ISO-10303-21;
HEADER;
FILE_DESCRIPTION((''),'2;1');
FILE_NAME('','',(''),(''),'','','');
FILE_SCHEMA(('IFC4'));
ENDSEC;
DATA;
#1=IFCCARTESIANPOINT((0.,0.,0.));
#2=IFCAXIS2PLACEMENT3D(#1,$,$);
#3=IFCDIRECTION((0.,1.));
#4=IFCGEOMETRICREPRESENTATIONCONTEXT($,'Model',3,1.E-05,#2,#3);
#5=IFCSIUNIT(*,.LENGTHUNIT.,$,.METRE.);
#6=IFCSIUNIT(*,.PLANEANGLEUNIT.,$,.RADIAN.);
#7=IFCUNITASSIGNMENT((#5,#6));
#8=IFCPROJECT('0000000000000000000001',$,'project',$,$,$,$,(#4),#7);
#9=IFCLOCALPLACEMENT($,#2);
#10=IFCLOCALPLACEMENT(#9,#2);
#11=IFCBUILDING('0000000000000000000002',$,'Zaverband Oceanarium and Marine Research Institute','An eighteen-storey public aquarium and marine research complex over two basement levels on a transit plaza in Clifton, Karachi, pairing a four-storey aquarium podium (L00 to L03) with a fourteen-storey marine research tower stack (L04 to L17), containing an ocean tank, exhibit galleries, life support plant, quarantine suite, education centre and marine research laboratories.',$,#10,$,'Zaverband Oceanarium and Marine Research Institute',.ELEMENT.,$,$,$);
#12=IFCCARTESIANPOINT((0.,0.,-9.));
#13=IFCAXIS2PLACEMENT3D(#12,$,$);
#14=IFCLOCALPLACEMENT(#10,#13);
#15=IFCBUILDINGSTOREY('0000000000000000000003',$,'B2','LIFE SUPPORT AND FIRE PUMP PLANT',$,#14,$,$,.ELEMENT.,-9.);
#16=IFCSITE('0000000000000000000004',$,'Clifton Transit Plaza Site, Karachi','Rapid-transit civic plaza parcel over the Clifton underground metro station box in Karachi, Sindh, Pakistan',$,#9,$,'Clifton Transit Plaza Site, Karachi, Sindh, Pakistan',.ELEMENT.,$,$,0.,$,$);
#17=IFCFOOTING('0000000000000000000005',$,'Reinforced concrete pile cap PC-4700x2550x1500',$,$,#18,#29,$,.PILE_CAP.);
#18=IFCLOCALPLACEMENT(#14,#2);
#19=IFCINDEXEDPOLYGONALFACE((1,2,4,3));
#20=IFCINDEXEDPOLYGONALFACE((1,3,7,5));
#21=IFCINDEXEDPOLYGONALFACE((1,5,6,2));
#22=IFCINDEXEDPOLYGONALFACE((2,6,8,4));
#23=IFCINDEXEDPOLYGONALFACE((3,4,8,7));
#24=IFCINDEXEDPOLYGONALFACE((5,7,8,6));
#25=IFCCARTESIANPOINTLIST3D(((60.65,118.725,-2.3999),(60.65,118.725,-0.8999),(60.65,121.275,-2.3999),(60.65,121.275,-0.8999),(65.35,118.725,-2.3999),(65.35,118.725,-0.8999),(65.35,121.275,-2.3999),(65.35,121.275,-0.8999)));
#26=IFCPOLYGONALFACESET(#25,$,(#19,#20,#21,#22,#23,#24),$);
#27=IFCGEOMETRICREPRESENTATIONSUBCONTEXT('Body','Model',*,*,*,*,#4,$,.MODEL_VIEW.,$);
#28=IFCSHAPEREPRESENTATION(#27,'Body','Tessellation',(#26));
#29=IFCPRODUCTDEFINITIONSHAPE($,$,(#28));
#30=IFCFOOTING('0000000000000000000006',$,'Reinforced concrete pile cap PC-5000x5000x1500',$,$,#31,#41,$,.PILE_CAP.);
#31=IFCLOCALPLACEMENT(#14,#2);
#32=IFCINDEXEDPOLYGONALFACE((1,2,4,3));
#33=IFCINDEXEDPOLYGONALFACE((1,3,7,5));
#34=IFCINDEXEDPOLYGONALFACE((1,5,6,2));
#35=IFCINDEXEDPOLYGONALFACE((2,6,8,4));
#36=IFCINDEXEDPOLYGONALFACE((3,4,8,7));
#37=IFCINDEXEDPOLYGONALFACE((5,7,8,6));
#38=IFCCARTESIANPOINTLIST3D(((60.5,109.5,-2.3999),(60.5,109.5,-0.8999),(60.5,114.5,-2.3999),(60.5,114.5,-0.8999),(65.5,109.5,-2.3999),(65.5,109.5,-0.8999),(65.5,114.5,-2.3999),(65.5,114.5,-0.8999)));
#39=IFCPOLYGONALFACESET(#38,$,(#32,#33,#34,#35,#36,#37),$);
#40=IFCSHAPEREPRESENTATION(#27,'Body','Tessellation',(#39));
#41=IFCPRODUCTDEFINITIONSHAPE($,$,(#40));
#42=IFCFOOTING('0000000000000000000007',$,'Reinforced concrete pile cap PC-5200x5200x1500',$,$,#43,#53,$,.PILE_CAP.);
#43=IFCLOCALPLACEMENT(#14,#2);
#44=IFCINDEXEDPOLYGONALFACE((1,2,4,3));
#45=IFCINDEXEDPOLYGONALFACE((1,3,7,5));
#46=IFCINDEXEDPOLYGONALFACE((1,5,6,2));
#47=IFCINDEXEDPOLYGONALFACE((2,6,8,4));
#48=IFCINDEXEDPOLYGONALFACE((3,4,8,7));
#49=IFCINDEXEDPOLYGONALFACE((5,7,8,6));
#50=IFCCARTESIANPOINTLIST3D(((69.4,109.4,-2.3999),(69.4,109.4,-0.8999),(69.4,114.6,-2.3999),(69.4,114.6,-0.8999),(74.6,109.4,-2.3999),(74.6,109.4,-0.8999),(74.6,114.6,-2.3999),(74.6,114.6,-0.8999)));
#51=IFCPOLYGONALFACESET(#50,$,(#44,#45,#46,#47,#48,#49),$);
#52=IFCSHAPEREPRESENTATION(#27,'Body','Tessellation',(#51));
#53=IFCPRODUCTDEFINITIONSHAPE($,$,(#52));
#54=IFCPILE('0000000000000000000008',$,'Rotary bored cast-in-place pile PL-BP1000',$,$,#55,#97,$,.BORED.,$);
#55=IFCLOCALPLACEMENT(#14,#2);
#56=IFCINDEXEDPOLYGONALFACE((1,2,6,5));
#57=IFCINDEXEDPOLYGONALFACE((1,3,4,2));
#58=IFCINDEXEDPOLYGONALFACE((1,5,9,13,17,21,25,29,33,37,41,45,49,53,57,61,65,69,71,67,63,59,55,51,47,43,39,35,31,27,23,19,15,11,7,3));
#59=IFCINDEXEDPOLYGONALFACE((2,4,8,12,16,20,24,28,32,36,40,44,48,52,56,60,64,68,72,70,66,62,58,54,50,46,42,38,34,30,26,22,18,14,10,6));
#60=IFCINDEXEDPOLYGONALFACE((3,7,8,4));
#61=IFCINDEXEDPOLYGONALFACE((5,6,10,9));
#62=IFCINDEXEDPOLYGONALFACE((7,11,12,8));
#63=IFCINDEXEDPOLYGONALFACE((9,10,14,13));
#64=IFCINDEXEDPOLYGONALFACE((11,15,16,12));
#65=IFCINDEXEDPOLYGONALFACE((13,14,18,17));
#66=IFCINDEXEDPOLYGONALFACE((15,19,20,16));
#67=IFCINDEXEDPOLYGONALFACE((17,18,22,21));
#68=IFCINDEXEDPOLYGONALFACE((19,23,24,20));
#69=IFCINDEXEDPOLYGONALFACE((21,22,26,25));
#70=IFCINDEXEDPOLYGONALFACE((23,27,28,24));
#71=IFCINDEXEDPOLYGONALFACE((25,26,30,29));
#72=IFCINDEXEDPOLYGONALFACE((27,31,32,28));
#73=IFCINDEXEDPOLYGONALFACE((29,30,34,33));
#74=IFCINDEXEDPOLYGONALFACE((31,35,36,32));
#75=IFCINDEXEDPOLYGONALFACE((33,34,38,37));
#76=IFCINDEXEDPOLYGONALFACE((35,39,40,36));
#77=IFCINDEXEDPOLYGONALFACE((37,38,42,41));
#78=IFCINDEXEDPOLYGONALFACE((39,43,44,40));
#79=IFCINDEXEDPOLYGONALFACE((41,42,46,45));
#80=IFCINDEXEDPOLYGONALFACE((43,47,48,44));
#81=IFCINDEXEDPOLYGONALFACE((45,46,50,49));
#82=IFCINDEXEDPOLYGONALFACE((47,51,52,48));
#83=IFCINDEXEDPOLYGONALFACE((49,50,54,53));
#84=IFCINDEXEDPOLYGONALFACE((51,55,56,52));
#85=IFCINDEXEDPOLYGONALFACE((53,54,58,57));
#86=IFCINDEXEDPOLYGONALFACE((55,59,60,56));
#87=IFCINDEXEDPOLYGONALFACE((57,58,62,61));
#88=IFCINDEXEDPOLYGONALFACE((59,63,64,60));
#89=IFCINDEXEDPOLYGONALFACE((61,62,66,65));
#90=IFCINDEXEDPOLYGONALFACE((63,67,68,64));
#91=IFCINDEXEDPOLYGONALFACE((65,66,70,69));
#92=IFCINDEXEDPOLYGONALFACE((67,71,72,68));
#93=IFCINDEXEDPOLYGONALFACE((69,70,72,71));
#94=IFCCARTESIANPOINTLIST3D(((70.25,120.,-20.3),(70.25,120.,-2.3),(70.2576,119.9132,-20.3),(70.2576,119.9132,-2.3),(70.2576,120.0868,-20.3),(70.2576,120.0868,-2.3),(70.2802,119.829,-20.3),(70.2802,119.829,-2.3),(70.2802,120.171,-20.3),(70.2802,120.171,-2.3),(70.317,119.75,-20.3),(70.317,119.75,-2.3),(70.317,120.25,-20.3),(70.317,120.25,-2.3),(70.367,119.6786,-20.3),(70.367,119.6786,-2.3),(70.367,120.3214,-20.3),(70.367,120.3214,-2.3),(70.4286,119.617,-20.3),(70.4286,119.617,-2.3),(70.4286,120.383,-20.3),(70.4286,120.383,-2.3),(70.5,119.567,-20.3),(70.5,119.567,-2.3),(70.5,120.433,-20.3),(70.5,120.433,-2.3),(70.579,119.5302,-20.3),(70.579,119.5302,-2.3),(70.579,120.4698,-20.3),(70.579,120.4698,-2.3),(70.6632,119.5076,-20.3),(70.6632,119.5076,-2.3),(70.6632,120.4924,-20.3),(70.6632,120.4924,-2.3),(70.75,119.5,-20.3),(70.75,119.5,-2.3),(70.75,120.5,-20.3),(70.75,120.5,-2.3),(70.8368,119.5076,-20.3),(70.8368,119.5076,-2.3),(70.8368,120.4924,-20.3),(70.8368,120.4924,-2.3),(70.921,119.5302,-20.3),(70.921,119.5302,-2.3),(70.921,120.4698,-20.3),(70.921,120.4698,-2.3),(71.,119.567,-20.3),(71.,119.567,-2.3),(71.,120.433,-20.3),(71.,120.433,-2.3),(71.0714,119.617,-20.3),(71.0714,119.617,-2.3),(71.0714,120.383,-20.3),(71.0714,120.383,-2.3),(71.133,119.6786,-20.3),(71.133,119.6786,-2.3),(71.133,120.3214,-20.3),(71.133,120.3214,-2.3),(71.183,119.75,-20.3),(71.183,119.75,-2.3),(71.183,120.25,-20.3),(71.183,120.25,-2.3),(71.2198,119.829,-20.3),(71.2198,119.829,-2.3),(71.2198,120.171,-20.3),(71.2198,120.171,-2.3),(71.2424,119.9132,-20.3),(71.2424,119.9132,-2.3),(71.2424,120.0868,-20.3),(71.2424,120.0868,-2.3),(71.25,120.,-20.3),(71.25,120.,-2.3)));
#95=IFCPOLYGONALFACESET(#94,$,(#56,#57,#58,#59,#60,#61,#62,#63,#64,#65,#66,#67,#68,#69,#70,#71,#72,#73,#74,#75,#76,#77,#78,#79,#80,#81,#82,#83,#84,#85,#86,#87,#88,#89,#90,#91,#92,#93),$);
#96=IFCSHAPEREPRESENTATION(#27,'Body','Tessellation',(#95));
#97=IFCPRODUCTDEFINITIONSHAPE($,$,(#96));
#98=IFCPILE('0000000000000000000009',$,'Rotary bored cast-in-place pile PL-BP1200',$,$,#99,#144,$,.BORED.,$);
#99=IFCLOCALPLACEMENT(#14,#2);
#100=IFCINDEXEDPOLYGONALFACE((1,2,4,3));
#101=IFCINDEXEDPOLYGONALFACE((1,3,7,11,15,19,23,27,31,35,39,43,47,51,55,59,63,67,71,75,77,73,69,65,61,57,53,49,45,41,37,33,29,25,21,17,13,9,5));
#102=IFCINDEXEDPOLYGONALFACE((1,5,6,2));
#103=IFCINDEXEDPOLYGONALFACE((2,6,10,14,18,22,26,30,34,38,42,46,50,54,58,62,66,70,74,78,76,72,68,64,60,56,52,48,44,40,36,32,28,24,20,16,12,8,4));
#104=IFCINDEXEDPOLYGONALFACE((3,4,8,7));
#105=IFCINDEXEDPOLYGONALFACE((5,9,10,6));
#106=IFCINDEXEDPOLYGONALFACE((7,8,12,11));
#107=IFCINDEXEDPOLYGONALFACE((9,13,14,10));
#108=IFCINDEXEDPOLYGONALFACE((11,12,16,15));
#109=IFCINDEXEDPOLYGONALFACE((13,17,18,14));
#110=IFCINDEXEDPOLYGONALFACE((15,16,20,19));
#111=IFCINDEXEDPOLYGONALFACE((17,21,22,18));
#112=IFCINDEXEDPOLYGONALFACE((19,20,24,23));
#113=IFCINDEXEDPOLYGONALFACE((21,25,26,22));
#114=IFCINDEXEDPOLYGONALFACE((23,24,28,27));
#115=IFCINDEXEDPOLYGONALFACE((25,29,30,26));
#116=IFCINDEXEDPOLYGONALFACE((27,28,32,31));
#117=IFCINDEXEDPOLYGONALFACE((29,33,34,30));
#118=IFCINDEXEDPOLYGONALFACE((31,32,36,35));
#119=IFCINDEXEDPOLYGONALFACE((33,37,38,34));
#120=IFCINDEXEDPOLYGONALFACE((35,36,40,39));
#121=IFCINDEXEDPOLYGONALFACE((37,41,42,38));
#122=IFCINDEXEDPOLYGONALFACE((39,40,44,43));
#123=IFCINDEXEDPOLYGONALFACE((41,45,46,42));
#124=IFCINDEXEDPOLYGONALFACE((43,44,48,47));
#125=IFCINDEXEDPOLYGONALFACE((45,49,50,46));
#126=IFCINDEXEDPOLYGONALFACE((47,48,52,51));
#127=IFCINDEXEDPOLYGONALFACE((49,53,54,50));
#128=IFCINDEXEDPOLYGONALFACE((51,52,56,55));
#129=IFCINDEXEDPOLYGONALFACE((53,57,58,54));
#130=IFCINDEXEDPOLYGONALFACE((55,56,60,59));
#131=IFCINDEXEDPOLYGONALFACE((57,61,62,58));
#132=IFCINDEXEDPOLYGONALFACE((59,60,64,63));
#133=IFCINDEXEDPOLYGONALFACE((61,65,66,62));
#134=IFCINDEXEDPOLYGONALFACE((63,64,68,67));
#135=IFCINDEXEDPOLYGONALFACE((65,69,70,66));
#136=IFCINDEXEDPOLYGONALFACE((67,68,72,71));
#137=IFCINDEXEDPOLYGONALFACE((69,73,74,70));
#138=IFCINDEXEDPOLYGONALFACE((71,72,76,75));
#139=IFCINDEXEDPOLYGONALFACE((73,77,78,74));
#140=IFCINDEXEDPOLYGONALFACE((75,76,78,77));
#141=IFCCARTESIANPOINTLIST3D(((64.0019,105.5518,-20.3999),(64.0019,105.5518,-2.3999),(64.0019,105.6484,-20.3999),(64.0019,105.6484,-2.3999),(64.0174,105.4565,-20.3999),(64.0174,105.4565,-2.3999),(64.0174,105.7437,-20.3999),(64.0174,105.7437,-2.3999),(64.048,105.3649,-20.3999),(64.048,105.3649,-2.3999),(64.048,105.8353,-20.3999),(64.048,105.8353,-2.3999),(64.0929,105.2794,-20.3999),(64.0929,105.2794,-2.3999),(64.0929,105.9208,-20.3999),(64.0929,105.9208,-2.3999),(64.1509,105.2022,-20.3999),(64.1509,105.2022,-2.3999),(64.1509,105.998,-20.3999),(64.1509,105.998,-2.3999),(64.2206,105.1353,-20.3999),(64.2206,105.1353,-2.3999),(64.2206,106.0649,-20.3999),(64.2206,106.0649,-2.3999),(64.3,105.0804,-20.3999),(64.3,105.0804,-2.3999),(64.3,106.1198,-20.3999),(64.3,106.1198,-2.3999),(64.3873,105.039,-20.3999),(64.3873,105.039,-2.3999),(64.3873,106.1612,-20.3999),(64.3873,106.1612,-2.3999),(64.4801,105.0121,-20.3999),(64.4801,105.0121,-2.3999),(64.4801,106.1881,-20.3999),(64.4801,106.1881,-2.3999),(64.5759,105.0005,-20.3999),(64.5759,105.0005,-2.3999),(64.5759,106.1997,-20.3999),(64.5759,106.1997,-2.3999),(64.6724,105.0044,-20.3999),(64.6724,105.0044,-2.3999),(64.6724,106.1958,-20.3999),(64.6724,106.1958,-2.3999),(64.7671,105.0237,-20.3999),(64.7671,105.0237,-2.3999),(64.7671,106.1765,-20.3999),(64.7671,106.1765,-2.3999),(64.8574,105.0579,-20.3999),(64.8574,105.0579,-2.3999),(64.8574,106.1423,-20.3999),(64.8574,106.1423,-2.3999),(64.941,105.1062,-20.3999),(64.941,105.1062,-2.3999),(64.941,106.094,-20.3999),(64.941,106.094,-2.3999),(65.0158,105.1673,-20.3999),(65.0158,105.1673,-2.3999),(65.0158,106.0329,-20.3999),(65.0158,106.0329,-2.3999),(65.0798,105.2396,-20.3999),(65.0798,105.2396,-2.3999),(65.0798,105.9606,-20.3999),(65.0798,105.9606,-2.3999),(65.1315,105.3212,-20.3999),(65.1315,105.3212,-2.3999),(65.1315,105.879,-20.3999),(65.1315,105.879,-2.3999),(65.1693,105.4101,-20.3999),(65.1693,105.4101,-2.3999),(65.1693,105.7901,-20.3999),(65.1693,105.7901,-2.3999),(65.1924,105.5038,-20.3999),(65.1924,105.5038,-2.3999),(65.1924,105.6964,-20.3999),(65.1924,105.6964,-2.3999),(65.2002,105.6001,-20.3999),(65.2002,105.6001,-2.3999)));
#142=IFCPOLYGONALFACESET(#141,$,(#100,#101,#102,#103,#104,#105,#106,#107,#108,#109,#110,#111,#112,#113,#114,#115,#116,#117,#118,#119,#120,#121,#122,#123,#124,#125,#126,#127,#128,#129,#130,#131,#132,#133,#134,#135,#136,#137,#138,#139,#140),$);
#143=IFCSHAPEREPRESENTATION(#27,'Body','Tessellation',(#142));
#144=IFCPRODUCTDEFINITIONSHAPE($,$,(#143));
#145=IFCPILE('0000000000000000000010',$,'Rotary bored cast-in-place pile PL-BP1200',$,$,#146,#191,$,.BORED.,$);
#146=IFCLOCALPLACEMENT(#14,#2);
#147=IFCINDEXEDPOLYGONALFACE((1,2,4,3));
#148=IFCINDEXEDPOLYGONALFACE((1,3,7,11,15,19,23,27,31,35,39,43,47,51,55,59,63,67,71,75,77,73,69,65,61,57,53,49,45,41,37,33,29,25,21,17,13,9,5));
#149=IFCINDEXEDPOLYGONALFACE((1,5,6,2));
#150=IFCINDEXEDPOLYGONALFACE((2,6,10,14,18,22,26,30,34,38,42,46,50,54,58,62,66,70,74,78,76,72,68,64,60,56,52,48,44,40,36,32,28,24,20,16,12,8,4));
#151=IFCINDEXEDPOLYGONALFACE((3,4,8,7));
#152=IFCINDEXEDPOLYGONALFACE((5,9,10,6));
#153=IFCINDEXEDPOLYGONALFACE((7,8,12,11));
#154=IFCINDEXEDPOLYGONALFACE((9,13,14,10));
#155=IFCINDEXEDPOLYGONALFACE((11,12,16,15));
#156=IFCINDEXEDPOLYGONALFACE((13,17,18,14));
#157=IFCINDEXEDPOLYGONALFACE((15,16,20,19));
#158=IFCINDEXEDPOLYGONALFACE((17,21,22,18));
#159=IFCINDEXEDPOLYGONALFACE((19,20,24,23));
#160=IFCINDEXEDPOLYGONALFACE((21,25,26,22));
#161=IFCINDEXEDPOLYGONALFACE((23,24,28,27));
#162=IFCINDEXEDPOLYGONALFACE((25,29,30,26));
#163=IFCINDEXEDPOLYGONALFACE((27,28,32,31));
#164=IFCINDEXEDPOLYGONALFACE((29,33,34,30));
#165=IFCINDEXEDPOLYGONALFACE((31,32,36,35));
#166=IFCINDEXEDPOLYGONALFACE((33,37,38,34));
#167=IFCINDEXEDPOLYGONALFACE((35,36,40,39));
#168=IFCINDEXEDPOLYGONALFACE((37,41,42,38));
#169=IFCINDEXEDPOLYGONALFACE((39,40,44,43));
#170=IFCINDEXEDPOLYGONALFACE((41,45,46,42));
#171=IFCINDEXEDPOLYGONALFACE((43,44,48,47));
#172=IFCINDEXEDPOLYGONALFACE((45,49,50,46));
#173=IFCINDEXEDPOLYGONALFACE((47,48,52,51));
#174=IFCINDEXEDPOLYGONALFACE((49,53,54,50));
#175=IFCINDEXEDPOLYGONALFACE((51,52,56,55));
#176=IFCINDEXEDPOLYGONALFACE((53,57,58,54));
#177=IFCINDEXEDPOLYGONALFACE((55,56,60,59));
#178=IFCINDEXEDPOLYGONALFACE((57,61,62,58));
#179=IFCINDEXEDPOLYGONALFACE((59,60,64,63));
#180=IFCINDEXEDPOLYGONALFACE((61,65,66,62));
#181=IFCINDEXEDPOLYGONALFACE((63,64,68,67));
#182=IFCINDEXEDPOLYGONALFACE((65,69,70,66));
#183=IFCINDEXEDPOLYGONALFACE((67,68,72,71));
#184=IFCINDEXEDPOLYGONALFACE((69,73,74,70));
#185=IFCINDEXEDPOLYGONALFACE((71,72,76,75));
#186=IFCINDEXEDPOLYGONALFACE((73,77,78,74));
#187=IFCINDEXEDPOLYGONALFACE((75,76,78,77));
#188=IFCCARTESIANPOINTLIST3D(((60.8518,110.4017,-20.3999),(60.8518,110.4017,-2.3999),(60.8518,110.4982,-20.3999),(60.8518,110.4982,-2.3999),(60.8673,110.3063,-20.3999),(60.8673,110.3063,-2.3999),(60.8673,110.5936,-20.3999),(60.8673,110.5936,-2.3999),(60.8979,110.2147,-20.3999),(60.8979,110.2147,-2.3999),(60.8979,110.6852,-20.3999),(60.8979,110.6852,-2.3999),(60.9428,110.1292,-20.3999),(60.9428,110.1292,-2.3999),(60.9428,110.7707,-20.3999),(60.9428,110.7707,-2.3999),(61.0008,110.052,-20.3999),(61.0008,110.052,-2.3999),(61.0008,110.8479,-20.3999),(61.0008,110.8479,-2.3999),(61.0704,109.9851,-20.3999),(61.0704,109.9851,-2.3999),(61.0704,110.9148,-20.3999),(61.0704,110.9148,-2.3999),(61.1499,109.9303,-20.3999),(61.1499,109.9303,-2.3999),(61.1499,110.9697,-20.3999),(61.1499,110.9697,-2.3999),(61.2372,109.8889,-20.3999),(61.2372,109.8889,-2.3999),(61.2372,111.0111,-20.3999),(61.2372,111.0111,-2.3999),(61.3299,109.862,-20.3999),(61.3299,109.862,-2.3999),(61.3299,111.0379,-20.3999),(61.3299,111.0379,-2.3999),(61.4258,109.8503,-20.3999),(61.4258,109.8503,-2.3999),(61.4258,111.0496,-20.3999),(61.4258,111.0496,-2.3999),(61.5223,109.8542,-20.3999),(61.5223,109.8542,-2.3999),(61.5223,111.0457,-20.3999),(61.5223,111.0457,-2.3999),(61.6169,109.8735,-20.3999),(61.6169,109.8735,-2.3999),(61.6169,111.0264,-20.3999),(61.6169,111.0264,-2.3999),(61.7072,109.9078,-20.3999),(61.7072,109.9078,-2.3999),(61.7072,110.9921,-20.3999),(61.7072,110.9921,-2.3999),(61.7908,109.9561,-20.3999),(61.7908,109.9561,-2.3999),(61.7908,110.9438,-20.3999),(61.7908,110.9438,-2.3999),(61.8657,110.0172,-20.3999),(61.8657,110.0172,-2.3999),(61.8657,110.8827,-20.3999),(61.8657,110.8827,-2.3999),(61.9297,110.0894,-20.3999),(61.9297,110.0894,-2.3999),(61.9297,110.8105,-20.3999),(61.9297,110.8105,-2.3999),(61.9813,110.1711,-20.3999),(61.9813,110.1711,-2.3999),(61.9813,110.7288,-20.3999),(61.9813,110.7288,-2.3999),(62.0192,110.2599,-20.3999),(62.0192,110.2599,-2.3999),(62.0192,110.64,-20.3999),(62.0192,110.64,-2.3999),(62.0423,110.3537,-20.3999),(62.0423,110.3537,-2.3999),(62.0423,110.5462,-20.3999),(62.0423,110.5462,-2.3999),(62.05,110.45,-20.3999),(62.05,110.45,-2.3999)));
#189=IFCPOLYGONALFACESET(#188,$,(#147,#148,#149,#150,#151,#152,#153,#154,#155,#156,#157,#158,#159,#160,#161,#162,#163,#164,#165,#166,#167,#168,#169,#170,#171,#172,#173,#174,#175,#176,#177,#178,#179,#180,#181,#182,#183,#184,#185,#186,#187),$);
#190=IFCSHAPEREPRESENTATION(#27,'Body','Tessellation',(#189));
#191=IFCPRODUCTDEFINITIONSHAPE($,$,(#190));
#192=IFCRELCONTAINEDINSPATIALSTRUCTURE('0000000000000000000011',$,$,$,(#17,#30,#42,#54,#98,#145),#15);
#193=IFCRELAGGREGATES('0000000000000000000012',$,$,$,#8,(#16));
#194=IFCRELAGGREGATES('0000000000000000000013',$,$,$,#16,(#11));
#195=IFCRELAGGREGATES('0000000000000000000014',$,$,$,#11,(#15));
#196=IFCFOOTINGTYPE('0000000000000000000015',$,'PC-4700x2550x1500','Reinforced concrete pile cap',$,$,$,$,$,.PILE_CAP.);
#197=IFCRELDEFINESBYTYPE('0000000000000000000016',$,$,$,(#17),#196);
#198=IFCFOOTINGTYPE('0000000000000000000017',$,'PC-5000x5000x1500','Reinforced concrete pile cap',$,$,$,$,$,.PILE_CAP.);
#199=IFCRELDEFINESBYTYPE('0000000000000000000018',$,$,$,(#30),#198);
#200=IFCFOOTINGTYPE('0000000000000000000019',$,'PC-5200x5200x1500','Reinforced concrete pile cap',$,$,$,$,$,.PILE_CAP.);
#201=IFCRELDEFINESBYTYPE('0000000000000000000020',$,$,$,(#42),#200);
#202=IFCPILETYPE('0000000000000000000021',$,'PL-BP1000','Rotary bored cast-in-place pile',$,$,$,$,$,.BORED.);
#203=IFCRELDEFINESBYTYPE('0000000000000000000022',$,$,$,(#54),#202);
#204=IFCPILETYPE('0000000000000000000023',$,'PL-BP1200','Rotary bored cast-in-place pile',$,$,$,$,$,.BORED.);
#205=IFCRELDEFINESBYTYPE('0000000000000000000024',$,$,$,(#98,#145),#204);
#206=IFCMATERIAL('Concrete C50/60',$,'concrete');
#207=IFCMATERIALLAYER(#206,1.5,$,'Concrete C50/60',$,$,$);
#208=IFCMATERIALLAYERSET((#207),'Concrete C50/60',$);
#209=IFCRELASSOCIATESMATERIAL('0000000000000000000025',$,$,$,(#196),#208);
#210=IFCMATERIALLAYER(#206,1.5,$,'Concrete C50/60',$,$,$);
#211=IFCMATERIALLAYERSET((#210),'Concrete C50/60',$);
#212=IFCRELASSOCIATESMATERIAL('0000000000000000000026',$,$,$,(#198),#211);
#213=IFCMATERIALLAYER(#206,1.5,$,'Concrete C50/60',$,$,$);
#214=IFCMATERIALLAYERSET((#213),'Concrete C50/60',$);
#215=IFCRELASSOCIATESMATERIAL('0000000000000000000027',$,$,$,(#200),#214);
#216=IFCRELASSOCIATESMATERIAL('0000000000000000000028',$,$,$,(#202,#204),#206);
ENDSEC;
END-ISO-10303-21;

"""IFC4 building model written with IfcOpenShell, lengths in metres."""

from ifc_helpers import new_model, si_unit, direction, frame, origin, origin_2d, place, context, subcontext, project, spatial, rectangle, circle, extrude, material, layer, layer_set, material_profile, profile_set, type_object, element, save


model = new_model("IFC4")

# Units and contexts
model_context = context("Model", 3, precision=1e-05, world=origin(), true_north=direction((0.0, 1.0)))
body_context = subcontext(model_context, "Body", "Model", "MODEL_VIEW")
ifc_project = project(units=[si_unit("LENGTHUNIT", "METRE"), si_unit("PLANEANGLEUNIT", "RADIAN")], contexts=[model_context])

# Site, building, storey
site_placement = place(None, origin())
site = spatial("IfcSite", under=ifc_project, at=site_placement, Name="Clifton Transit Plaza Site, Karachi", Description="Rapid-transit civic plaza parcel over the Clifton underground metro station box in Karachi, Sindh, Pakistan", LongName="Clifton Transit Plaza Site, Karachi, Sindh, Pakistan", CompositionType="ELEMENT", RefElevation=0.0)
building_placement = place(site_placement, origin())
building = spatial("IfcBuilding", under=site, at=building_placement, Name="Zaverband Oceanarium and Marine Research Institute", Description="An eighteen-storey public aquarium and marine research complex over two basement levels on a transit plaza in Clifton, Karachi, pairing a four-storey aquarium podium (L00 to L03) with a fourteen-storey marine research tower stack (L04 to L17), containing an ocean tank, exhibit galleries, life support plant, quarantine suite, education centre and marine research laboratories.", LongName="Zaverband Oceanarium and Marine Research Institute", CompositionType="ELEMENT")
storey_placement = place(building_placement, frame((0.0, 0.0, -9.0)))
storey = spatial("IfcBuildingStorey", under=building, at=storey_placement, Name="B2", Description="LIFE SUPPORT AND FIRE PUMP PLANT", CompositionType="ELEMENT", Elevation=-9.0)

# Footings
ifc_material_1 = material(Name="Concrete C50/60", Category="concrete")
ifc_layer_1 = layer(ifc_material_1, 1.5, Name="Concrete C50/60")
ifc_layer_set_1 = layer_set([ifc_layer_1], Name="Concrete C50/60")
footing_type_1 = type_object("IfcFootingType", Name="PC-4700x2550x1500", Description="Reinforced concrete pile cap", PredefinedType="PILE_CAP", material=ifc_layer_set_1)
footing_1_placement = place(storey_placement, frame((63.0, 120.0, -2.3999), z_axis=(0.0, 0.0, 1.0), x_axis=(1.0, 0.0, 0.0)))
element("IfcFooting", 1, at=footing_1_placement, inside=storey, type_object=footing_type_1, Name="Reinforced concrete pile cap PC-4700x2550x1500", PredefinedType="PILE_CAP", context=body_context, shape_type="SweptSolid", body=[
    extrude(rectangle(XDim=4.7, YDim=2.55, at=origin_2d()), origin(), (0.0, 0.0, 1.0), 1.5),
])
ifc_layer_2 = layer(ifc_material_1, 1.5, Name="Concrete C50/60")
ifc_layer_set_2 = layer_set([ifc_layer_2], Name="Concrete C50/60")
footing_type_2 = type_object("IfcFootingType", Name="PC-5000x5000x1500", Description="Reinforced concrete pile cap", PredefinedType="PILE_CAP", material=ifc_layer_set_2)
footing_2_placement = place(storey_placement, frame((63.0, 112.0, -2.3999), z_axis=(0.0, 0.0, 1.0), x_axis=(1.0, 0.0, 0.0)))
element("IfcFooting", 2, at=footing_2_placement, inside=storey, type_object=footing_type_2, Name="Reinforced concrete pile cap PC-5000x5000x1500", PredefinedType="PILE_CAP", context=body_context, shape_type="SweptSolid", body=[
    extrude(rectangle(XDim=5.0, YDim=5.0, at=origin_2d()), origin(), (0.0, 0.0, 1.0), 1.5),
])
ifc_layer_3 = layer(ifc_material_1, 1.5, Name="Concrete C50/60")
ifc_layer_set_3 = layer_set([ifc_layer_3], Name="Concrete C50/60")
footing_type_3 = type_object("IfcFootingType", Name="PC-5200x5200x1500", Description="Reinforced concrete pile cap", PredefinedType="PILE_CAP", material=ifc_layer_set_3)
footing_3_placement = place(storey_placement, frame((72.0, 112.0, -2.3999), z_axis=(0.0, 0.0, 1.0), x_axis=(1.0, 0.0, 0.0)))
element("IfcFooting", 3, at=footing_3_placement, inside=storey, type_object=footing_type_3, Name="Reinforced concrete pile cap PC-5200x5200x1500", PredefinedType="PILE_CAP", context=body_context, shape_type="SweptSolid", body=[
    extrude(rectangle(XDim=5.2, YDim=5.2, at=origin_2d()), origin(), (0.0, 0.0, 1.0), 1.5),
])

# Piles
ifc_material_profile_1 = material_profile(ifc_material_1, circle(Radius=0.5, at=origin_2d()), Name="BP1000")
ifc_profile_set_1 = profile_set([ifc_material_profile_1], Name="Concrete C50/60")
pile_type_1 = type_object("IfcPileType", Name="PL-BP1000", Description="Rotary bored cast-in-place pile", PredefinedType="BORED", material=ifc_profile_set_1)
pile_placement = place(storey_placement, frame((70.75, 120.0, -2.3), z_axis=(0.0, 0.0, -1.0), x_axis=(1.0, 0.0, 0.0)))
element("IfcPile", 4, at=pile_placement, inside=storey, type_object=pile_type_1, Name="Rotary bored cast-in-place pile PL-BP1000", PredefinedType="BORED", context=body_context, shape_type="SweptSolid", body=[
    extrude(circle(Radius=0.5, at=origin_2d()), origin(), (0.0, 0.0, 1.0), 18.0),
])
ifc_material_profile_2 = material_profile(ifc_material_1, circle(Radius=0.6001, at=origin_2d()), Name="BP1200")
ifc_profile_set_2 = profile_set([ifc_material_profile_2], Name="Concrete C50/60")
pile_type_2 = type_object("IfcPileType", Name="PL-BP1200", Description="Rotary bored cast-in-place pile", PredefinedType="BORED", material=ifc_profile_set_2)
for number, where, z_axis, x_axis, name in (
    (5, (64.6001, 105.6001, -2.3999), (0.0, 0.0, -1.0), (1.0, 0.0, 0.0), "Rotary bored cast-in-place pile PL-BP1200"),
    (6, (61.45, 110.45, -2.3999), (0.0, 0.0, -1.0), (1.0, 0.0, 0.0), "Rotary bored cast-in-place pile PL-BP1200"),
):
    element("IfcPile", number, at=place(storey_placement, frame(where, z_axis=z_axis, x_axis=x_axis)), inside=storey, type_object=pile_type_2, Name=name, PredefinedType="BORED", context=body_context, shape_type="SweptSolid", body=[
        extrude(circle(Radius=0.6001, at=origin_2d()), origin(), (0.0, 0.0, 1.0), 18.0),
    ])

save(model, "model.ifc")
